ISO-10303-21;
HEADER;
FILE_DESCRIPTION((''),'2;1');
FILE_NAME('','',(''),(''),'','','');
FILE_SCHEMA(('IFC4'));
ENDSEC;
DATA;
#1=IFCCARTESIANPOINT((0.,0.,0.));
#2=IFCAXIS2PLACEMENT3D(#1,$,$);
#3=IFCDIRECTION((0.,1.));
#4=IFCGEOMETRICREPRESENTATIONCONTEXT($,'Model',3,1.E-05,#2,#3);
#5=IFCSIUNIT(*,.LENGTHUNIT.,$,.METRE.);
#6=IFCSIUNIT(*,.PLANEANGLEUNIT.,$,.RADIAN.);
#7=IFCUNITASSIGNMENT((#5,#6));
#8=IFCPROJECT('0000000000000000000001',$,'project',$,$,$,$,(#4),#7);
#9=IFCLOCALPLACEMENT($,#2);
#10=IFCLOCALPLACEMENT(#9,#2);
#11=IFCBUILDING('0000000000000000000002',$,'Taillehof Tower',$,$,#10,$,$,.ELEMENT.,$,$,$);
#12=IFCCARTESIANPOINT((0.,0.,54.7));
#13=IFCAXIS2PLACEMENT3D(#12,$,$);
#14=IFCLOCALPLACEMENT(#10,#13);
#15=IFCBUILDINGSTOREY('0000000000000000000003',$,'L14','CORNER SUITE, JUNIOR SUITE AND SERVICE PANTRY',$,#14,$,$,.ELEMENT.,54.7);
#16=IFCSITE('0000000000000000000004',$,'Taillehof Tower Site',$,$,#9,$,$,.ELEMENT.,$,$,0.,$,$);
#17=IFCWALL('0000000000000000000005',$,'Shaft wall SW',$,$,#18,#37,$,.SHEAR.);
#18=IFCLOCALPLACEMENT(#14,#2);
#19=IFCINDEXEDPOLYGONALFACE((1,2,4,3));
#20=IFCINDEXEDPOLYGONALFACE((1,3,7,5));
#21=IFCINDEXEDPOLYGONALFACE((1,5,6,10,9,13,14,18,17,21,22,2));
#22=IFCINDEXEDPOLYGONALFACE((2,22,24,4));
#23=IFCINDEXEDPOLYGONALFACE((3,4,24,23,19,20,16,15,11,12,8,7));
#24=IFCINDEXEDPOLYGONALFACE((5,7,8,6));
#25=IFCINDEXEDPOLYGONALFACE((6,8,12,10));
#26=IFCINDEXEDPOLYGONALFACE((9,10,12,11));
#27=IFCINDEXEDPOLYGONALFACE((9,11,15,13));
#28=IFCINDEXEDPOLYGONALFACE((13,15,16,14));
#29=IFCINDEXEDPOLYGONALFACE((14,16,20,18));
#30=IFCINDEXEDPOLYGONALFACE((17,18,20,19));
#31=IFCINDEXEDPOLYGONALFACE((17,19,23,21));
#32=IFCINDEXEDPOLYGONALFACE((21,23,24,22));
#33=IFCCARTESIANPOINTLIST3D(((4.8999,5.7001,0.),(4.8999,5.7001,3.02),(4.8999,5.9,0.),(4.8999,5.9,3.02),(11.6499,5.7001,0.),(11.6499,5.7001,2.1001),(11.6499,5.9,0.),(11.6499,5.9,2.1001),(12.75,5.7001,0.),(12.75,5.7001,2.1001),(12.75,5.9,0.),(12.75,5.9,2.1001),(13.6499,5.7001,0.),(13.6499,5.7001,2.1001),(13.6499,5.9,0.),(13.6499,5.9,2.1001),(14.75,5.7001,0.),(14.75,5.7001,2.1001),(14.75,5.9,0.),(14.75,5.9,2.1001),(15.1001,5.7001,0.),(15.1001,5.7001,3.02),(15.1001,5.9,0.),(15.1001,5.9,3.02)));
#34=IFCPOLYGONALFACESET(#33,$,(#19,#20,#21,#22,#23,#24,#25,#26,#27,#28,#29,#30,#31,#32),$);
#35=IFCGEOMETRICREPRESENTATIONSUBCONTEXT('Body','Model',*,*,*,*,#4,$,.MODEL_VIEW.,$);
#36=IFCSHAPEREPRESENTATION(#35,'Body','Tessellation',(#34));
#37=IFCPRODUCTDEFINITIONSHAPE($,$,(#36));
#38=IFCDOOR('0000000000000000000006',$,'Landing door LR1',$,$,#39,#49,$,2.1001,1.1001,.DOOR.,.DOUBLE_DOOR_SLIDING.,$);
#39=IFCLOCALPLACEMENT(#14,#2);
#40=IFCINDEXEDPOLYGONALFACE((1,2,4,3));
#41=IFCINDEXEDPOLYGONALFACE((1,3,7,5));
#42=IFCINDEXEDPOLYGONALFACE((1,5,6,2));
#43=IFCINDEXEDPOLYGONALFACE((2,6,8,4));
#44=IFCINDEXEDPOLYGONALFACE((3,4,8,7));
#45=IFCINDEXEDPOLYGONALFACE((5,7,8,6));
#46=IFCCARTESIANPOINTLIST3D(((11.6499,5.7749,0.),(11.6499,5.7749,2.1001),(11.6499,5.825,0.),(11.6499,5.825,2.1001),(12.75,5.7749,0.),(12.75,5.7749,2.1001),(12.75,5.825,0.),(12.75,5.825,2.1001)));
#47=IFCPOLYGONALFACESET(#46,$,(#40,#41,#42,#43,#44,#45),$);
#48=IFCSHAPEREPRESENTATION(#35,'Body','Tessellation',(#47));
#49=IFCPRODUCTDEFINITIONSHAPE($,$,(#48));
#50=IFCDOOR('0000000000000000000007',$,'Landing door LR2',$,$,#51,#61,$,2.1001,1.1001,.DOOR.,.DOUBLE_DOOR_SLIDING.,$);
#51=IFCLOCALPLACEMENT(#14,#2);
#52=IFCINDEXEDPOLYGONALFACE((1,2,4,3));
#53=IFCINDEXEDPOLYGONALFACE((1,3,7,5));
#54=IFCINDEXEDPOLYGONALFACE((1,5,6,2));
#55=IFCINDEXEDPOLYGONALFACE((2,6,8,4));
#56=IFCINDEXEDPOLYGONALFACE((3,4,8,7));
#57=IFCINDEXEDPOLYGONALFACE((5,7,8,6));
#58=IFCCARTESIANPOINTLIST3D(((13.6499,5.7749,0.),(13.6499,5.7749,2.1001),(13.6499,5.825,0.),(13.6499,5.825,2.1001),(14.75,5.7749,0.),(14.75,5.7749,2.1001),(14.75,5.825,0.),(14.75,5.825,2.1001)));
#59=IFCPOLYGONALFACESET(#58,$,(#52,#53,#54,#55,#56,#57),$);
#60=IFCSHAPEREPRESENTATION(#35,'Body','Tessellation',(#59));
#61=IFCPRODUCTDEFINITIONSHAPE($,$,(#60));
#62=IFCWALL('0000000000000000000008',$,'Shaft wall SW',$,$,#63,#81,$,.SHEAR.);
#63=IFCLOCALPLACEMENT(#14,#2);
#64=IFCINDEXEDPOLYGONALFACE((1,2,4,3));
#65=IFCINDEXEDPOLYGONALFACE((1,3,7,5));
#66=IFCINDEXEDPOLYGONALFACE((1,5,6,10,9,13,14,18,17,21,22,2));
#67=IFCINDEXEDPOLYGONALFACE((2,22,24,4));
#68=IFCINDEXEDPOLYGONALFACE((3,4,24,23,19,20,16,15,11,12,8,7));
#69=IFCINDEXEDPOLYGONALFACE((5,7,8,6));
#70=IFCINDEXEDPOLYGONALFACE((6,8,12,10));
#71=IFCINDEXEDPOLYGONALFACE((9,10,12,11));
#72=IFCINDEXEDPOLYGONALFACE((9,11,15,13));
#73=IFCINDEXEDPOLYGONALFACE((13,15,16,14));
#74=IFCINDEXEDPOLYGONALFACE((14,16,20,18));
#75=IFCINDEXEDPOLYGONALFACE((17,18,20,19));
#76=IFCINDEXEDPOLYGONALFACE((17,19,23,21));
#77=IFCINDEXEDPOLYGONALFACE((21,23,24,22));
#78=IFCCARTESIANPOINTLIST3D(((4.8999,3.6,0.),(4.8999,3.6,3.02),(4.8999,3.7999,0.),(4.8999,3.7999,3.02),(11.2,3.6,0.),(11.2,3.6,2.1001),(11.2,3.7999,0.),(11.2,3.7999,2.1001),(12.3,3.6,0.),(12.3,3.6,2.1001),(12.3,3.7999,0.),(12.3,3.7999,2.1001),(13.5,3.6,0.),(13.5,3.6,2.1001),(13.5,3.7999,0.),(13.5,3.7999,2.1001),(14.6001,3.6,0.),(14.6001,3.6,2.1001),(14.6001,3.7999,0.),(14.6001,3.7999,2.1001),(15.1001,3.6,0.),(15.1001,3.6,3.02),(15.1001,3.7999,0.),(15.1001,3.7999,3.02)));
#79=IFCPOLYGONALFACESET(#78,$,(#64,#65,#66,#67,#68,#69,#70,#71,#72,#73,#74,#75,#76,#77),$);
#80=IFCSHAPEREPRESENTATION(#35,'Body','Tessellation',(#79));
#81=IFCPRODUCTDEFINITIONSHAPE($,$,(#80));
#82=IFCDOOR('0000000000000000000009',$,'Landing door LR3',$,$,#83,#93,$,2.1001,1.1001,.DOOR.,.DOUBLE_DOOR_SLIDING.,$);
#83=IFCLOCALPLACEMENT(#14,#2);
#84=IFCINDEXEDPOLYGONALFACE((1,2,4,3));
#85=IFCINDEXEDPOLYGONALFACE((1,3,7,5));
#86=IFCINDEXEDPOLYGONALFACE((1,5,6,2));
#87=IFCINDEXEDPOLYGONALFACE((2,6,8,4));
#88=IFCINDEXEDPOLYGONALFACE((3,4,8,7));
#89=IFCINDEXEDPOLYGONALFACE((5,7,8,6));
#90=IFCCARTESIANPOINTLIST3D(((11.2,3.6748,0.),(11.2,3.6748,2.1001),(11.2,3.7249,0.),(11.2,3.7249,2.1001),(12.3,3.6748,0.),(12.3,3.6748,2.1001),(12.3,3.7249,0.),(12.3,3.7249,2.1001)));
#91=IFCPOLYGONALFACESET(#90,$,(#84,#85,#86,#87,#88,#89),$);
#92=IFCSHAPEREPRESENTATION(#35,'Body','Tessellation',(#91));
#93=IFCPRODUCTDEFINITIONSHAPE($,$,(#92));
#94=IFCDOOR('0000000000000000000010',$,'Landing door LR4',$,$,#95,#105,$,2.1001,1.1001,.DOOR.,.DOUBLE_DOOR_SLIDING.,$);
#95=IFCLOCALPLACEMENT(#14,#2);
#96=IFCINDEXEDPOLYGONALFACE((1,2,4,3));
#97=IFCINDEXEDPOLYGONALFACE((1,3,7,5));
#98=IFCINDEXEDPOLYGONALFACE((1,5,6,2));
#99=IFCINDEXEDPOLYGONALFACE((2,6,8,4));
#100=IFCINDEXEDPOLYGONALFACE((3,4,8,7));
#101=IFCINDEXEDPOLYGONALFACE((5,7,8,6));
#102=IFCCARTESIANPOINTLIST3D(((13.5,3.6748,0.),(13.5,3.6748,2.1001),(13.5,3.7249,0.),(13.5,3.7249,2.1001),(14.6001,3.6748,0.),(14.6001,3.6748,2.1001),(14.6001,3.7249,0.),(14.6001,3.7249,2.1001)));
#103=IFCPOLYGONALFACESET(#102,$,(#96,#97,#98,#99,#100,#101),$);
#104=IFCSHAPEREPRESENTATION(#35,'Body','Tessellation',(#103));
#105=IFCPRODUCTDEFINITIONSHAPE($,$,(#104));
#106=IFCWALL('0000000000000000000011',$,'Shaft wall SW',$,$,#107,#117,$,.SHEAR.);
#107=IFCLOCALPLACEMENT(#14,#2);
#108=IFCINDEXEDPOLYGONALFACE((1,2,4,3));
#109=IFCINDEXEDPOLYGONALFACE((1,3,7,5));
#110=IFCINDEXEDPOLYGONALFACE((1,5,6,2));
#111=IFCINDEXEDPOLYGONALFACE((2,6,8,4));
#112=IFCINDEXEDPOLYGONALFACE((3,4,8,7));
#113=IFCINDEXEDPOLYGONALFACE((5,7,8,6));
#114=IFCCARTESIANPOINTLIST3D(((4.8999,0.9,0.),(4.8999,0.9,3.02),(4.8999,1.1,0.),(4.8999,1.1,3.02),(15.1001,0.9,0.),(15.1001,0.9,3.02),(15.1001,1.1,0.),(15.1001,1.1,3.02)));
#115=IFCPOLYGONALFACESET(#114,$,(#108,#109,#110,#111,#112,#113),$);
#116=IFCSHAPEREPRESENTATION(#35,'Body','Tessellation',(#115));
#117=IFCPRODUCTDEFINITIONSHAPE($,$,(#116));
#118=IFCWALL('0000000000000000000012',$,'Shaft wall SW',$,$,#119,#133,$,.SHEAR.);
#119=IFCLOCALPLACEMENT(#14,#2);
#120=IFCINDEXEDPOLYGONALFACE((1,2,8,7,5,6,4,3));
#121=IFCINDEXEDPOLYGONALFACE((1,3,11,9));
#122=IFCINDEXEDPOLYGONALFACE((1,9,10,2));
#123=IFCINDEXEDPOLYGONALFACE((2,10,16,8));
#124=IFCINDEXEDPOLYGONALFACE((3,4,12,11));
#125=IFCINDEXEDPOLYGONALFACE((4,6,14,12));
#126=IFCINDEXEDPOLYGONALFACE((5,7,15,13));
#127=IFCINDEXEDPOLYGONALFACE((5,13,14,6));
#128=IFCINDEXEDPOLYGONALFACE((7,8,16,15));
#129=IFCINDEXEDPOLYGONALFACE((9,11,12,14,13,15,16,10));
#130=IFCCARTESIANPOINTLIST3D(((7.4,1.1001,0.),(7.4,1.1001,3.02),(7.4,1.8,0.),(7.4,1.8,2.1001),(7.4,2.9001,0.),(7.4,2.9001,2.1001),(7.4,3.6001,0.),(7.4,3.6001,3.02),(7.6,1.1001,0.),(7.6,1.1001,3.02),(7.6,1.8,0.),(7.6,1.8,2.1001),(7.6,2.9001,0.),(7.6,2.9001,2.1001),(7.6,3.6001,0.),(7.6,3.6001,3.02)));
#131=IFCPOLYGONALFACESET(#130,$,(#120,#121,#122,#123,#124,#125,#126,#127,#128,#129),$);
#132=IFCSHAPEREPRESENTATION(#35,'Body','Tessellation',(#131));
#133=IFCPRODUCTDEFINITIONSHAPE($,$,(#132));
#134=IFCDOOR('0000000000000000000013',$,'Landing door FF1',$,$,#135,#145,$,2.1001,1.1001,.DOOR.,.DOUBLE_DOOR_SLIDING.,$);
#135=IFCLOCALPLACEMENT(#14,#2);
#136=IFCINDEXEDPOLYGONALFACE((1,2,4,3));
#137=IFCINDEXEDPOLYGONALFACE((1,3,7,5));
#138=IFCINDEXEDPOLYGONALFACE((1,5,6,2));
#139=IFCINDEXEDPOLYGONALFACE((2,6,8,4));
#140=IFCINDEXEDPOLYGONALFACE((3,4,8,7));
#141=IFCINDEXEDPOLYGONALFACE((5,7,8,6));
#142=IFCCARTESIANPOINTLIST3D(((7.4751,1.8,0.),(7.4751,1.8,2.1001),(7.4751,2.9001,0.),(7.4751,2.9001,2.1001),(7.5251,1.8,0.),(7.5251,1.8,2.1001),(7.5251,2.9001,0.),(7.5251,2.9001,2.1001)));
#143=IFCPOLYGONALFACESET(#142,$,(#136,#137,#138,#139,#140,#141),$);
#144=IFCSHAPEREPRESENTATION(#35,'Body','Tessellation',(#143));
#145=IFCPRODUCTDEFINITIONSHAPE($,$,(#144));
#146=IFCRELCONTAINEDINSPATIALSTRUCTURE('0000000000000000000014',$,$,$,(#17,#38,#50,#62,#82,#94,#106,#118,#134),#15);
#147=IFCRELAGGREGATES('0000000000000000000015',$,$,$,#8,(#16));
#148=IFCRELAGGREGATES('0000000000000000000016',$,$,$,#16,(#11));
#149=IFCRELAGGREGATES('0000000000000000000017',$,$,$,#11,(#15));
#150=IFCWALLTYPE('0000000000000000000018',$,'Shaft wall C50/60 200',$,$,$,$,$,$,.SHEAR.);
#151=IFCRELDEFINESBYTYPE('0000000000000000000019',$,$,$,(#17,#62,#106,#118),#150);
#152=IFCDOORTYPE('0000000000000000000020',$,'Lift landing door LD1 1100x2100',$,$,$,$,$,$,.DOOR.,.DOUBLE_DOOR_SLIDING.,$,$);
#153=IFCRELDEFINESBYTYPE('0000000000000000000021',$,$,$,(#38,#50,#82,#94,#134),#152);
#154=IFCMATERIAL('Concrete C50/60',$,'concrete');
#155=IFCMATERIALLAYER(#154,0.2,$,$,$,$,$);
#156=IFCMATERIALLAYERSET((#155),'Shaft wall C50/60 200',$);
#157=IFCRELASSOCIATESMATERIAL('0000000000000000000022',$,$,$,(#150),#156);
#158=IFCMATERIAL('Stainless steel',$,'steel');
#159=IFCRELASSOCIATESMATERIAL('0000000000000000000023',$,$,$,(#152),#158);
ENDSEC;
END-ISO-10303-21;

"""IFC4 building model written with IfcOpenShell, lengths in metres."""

from ifc_helpers import new_model, si_unit, direction, frame, frame_2d, origin, place, context, subcontext, project, spatial, rectangle, extrude, material, layer, layer_set, type_object, element, fill, save


model = new_model("IFC4")

# Units and contexts
model_context = context("Model", 3, precision=1e-05, world=origin(), true_north=direction((0.0, 1.0)))
body_context = subcontext(model_context, "Body", "Model", "MODEL_VIEW")
ifc_project = project(units=[si_unit("LENGTHUNIT", "METRE"), si_unit("PLANEANGLEUNIT", "RADIAN")], contexts=[model_context])

# Site, building, storey
site_placement = place(None, origin())
site = spatial("IfcSite", under=ifc_project, at=site_placement, Name="Taillehof Tower Site", CompositionType="ELEMENT", RefElevation=0.0)
building_placement = place(site_placement, origin())
building = spatial("IfcBuilding", under=site, at=building_placement, Name="Taillehof Tower", CompositionType="ELEMENT")
storey_placement = place(building_placement, frame((0.0, 0.0, 54.7)))
storey = spatial("IfcBuildingStorey", under=building, at=storey_placement, Name="L14", Description="CORNER SUITE, JUNIOR SUITE AND SERVICE PANTRY", CompositionType="ELEMENT", Elevation=54.7)

# Walls, openings, doors
ifc_material_1 = material(Name="Concrete C50/60", Category="concrete")
ifc_layer_1 = layer(ifc_material_1, 0.2)
ifc_layer_set_1 = layer_set([ifc_layer_1], Name="Shaft wall C50/60 200")
wall_type_1 = type_object("IfcWallType", Name="Shaft wall C50/60 200", PredefinedType="SHEAR", material=ifc_layer_set_1)
wall_1_placement = place(storey_placement, frame((4.8999, 5.8, 0.0), z_axis=(0.0, 0.0, 1.0), x_axis=(1.0, 0.0, 0.0)))
wall_1 = element("IfcWall", 1, at=wall_1_placement, inside=storey, type_object=wall_type_1, Name="Shaft wall SW", PredefinedType="SHEAR", context=body_context, shape_type="SweptSolid", body=[
    extrude(rectangle(XDim=10.2002, YDim=0.2, at=frame_2d((5.1001, 0.0))), origin(), (0.0, 0.0, 1.0), 3.02),
])
opening_1_placement = place(wall_1_placement, frame((6.75, 0.0, 0.0)))
opening_1 = element("IfcOpeningElement", 2, at=opening_1_placement, cuts=wall_1, PredefinedType="OPENING", context=body_context, shape_type="SweptSolid", body=[
    extrude(rectangle(XDim=1.1001, YDim=2.1001, at=frame_2d((0.55, 1.05))), frame((0.0, 0.1099, 0.0), z_axis=(0.0, -1.0, 0.0), x_axis=(1.0, 0.0, 0.0)), (0.0, 0.0, 1.0), 0.22),
])
opening_2_placement = place(wall_1_placement, frame((8.75, 0.0, 0.0)))
opening_2 = element("IfcOpeningElement", 3, at=opening_2_placement, cuts=wall_1, PredefinedType="OPENING", context=body_context, shape_type="SweptSolid", body=[
    extrude(rectangle(XDim=1.1001, YDim=2.1001, at=frame_2d((0.55, 1.05))), frame((0.0, 0.1099, 0.0), z_axis=(0.0, -1.0, 0.0), x_axis=(1.0, 0.0, 0.0)), (0.0, 0.0, 1.0), 0.22),
])
ifc_material_2 = material(Name="Stainless steel", Category="steel")
door_type_1 = type_object("IfcDoorType", Name="Lift landing door LD1 1100x2100", OperationType="DOUBLE_DOOR_SLIDING", PredefinedType="DOOR", material=ifc_material_2)
door_1_placement = place(opening_1_placement, origin())
door_1 = element("IfcDoor", 4, at=door_1_placement, inside=storey, type_object=door_type_1, Name="Landing door LR1", OperationType="DOUBLE_DOOR_SLIDING", OverallHeight=2.1001, OverallWidth=1.1001, PredefinedType="DOOR", context=body_context, shape_type="SweptSolid", body=[
    extrude(rectangle(XDim=1.1001, YDim=2.1001, at=frame_2d((0.55, 1.05))), frame((0.0, 0.0249, 0.0), z_axis=(0.0, -1.0, 0.0), x_axis=(1.0, 0.0, 0.0)), (0.0, 0.0, 1.0), 0.05),
])
fill(opening_1, door_1)
door_2_placement = place(opening_2_placement, origin())
door_2 = element("IfcDoor", 5, at=door_2_placement, inside=storey, type_object=door_type_1, Name="Landing door LR2", OperationType="DOUBLE_DOOR_SLIDING", OverallHeight=2.1001, OverallWidth=1.1001, PredefinedType="DOOR", context=body_context, shape_type="SweptSolid", body=[
    extrude(rectangle(XDim=1.1001, YDim=2.1001, at=frame_2d((0.55, 1.05))), frame((0.0, 0.0249, 0.0), z_axis=(0.0, -1.0, 0.0), x_axis=(1.0, 0.0, 0.0)), (0.0, 0.0, 1.0), 0.05),
])
fill(opening_2, door_2)
wall_2_placement = place(storey_placement, frame((4.8999, 3.7, 0.0), z_axis=(0.0, 0.0, 1.0), x_axis=(1.0, 0.0, 0.0)))
wall_2 = element("IfcWall", 6, at=wall_2_placement, inside=storey, type_object=wall_type_1, Name="Shaft wall SW", PredefinedType="SHEAR", context=body_context, shape_type="SweptSolid", body=[
    extrude(rectangle(XDim=10.2002, YDim=0.2, at=frame_2d((5.1001, 0.0))), origin(), (0.0, 0.0, 1.0), 3.02),
])
opening_3_placement = place(wall_2_placement, frame((6.3, 0.0, 0.0)))
opening_3 = element("IfcOpeningElement", 7, at=opening_3_placement, cuts=wall_2, PredefinedType="OPENING", context=body_context, shape_type="SweptSolid", body=[
    extrude(rectangle(XDim=1.1001, YDim=2.1001, at=frame_2d((0.55, 1.05))), frame((0.0, 0.1099, 0.0), z_axis=(0.0, -1.0, 0.0), x_axis=(1.0, 0.0, 0.0)), (0.0, 0.0, 1.0), 0.22),
])
opening_4_placement = place(wall_2_placement, frame((8.6001, 0.0, 0.0)))
opening_4 = element("IfcOpeningElement", 8, at=opening_4_placement, cuts=wall_2, PredefinedType="OPENING", context=body_context, shape_type="SweptSolid", body=[
    extrude(rectangle(XDim=1.1001, YDim=2.1001, at=frame_2d((0.55, 1.05))), frame((0.0, 0.1099, 0.0), z_axis=(0.0, -1.0, 0.0), x_axis=(1.0, 0.0, 0.0)), (0.0, 0.0, 1.0), 0.22),
])
door_3_placement = place(opening_3_placement, origin())
door_3 = element("IfcDoor", 9, at=door_3_placement, inside=storey, type_object=door_type_1, Name="Landing door LR3", OperationType="DOUBLE_DOOR_SLIDING", OverallHeight=2.1001, OverallWidth=1.1001, PredefinedType="DOOR", context=body_context, shape_type="SweptSolid", body=[
    extrude(rectangle(XDim=1.1001, YDim=2.1001, at=frame_2d((0.55, 1.05))), frame((0.0, 0.0249, 0.0), z_axis=(0.0, -1.0, 0.0), x_axis=(1.0, 0.0, 0.0)), (0.0, 0.0, 1.0), 0.05),
])
fill(opening_3, door_3)
door_4_placement = place(opening_4_placement, origin())
door_4 = element("IfcDoor", 10, at=door_4_placement, inside=storey, type_object=door_type_1, Name="Landing door LR4", OperationType="DOUBLE_DOOR_SLIDING", OverallHeight=2.1001, OverallWidth=1.1001, PredefinedType="DOOR", context=body_context, shape_type="SweptSolid", body=[
    extrude(rectangle(XDim=1.1001, YDim=2.1001, at=frame_2d((0.55, 1.05))), frame((0.0, 0.0249, 0.0), z_axis=(0.0, -1.0, 0.0), x_axis=(1.0, 0.0, 0.0)), (0.0, 0.0, 1.0), 0.05),
])
fill(opening_4, door_4)

# Wall
wall_3_placement = place(storey_placement, frame((4.8999, 1.0, 0.0), z_axis=(0.0, 0.0, 1.0), x_axis=(1.0, 0.0, 0.0)))
element("IfcWall", 11, at=wall_3_placement, inside=storey, type_object=wall_type_1, Name="Shaft wall SW", PredefinedType="SHEAR", context=body_context, shape_type="SweptSolid", body=[
    extrude(rectangle(XDim=10.2002, YDim=0.2, at=frame_2d((5.1001, 0.0))), origin(), (0.0, 0.0, 1.0), 3.02),
])

# Wall, opening, door
wall_4_placement = place(storey_placement, frame((7.5, 1.1001, 0.0), z_axis=(0.0, 0.0, 1.0), x_axis=(0.0, 1.0, 0.0)))
wall_4 = element("IfcWall", 12, at=wall_4_placement, inside=storey, type_object=wall_type_1, Name="Shaft wall SW", PredefinedType="SHEAR", context=body_context, shape_type="SweptSolid", body=[
    extrude(rectangle(XDim=2.5, YDim=0.2, at=frame_2d((1.25, 0.0))), origin(), (0.0, 0.0, 1.0), 3.02),
])
opening_5_placement = place(wall_4_placement, frame((0.7, 0.0, 0.0)))
opening_5 = element("IfcOpeningElement", 13, at=opening_5_placement, cuts=wall_4, PredefinedType="OPENING", context=body_context, shape_type="SweptSolid", body=[
    extrude(rectangle(XDim=1.1001, YDim=2.1001, at=frame_2d((0.55, 1.05))), frame((0.0, 0.1099, 0.0), z_axis=(0.0, -1.0, 0.0), x_axis=(1.0, 0.0, 0.0)), (0.0, 0.0, 1.0), 0.22),
])
door_5_placement = place(opening_5_placement, origin())
door_5 = element("IfcDoor", 14, at=door_5_placement, inside=storey, type_object=door_type_1, Name="Landing door FF1", OperationType="DOUBLE_DOOR_SLIDING", OverallHeight=2.1001, OverallWidth=1.1001, PredefinedType="DOOR", context=body_context, shape_type="SweptSolid", body=[
    extrude(rectangle(XDim=1.1001, YDim=2.1001, at=frame_2d((0.55, 1.05))), frame((0.0, 0.0249, 0.0), z_axis=(0.0, -1.0, 0.0), x_axis=(1.0, 0.0, 0.0)), (0.0, 0.0, 1.0), 0.05),
])
fill(opening_5, door_5)

save(model, "model.ifc")
